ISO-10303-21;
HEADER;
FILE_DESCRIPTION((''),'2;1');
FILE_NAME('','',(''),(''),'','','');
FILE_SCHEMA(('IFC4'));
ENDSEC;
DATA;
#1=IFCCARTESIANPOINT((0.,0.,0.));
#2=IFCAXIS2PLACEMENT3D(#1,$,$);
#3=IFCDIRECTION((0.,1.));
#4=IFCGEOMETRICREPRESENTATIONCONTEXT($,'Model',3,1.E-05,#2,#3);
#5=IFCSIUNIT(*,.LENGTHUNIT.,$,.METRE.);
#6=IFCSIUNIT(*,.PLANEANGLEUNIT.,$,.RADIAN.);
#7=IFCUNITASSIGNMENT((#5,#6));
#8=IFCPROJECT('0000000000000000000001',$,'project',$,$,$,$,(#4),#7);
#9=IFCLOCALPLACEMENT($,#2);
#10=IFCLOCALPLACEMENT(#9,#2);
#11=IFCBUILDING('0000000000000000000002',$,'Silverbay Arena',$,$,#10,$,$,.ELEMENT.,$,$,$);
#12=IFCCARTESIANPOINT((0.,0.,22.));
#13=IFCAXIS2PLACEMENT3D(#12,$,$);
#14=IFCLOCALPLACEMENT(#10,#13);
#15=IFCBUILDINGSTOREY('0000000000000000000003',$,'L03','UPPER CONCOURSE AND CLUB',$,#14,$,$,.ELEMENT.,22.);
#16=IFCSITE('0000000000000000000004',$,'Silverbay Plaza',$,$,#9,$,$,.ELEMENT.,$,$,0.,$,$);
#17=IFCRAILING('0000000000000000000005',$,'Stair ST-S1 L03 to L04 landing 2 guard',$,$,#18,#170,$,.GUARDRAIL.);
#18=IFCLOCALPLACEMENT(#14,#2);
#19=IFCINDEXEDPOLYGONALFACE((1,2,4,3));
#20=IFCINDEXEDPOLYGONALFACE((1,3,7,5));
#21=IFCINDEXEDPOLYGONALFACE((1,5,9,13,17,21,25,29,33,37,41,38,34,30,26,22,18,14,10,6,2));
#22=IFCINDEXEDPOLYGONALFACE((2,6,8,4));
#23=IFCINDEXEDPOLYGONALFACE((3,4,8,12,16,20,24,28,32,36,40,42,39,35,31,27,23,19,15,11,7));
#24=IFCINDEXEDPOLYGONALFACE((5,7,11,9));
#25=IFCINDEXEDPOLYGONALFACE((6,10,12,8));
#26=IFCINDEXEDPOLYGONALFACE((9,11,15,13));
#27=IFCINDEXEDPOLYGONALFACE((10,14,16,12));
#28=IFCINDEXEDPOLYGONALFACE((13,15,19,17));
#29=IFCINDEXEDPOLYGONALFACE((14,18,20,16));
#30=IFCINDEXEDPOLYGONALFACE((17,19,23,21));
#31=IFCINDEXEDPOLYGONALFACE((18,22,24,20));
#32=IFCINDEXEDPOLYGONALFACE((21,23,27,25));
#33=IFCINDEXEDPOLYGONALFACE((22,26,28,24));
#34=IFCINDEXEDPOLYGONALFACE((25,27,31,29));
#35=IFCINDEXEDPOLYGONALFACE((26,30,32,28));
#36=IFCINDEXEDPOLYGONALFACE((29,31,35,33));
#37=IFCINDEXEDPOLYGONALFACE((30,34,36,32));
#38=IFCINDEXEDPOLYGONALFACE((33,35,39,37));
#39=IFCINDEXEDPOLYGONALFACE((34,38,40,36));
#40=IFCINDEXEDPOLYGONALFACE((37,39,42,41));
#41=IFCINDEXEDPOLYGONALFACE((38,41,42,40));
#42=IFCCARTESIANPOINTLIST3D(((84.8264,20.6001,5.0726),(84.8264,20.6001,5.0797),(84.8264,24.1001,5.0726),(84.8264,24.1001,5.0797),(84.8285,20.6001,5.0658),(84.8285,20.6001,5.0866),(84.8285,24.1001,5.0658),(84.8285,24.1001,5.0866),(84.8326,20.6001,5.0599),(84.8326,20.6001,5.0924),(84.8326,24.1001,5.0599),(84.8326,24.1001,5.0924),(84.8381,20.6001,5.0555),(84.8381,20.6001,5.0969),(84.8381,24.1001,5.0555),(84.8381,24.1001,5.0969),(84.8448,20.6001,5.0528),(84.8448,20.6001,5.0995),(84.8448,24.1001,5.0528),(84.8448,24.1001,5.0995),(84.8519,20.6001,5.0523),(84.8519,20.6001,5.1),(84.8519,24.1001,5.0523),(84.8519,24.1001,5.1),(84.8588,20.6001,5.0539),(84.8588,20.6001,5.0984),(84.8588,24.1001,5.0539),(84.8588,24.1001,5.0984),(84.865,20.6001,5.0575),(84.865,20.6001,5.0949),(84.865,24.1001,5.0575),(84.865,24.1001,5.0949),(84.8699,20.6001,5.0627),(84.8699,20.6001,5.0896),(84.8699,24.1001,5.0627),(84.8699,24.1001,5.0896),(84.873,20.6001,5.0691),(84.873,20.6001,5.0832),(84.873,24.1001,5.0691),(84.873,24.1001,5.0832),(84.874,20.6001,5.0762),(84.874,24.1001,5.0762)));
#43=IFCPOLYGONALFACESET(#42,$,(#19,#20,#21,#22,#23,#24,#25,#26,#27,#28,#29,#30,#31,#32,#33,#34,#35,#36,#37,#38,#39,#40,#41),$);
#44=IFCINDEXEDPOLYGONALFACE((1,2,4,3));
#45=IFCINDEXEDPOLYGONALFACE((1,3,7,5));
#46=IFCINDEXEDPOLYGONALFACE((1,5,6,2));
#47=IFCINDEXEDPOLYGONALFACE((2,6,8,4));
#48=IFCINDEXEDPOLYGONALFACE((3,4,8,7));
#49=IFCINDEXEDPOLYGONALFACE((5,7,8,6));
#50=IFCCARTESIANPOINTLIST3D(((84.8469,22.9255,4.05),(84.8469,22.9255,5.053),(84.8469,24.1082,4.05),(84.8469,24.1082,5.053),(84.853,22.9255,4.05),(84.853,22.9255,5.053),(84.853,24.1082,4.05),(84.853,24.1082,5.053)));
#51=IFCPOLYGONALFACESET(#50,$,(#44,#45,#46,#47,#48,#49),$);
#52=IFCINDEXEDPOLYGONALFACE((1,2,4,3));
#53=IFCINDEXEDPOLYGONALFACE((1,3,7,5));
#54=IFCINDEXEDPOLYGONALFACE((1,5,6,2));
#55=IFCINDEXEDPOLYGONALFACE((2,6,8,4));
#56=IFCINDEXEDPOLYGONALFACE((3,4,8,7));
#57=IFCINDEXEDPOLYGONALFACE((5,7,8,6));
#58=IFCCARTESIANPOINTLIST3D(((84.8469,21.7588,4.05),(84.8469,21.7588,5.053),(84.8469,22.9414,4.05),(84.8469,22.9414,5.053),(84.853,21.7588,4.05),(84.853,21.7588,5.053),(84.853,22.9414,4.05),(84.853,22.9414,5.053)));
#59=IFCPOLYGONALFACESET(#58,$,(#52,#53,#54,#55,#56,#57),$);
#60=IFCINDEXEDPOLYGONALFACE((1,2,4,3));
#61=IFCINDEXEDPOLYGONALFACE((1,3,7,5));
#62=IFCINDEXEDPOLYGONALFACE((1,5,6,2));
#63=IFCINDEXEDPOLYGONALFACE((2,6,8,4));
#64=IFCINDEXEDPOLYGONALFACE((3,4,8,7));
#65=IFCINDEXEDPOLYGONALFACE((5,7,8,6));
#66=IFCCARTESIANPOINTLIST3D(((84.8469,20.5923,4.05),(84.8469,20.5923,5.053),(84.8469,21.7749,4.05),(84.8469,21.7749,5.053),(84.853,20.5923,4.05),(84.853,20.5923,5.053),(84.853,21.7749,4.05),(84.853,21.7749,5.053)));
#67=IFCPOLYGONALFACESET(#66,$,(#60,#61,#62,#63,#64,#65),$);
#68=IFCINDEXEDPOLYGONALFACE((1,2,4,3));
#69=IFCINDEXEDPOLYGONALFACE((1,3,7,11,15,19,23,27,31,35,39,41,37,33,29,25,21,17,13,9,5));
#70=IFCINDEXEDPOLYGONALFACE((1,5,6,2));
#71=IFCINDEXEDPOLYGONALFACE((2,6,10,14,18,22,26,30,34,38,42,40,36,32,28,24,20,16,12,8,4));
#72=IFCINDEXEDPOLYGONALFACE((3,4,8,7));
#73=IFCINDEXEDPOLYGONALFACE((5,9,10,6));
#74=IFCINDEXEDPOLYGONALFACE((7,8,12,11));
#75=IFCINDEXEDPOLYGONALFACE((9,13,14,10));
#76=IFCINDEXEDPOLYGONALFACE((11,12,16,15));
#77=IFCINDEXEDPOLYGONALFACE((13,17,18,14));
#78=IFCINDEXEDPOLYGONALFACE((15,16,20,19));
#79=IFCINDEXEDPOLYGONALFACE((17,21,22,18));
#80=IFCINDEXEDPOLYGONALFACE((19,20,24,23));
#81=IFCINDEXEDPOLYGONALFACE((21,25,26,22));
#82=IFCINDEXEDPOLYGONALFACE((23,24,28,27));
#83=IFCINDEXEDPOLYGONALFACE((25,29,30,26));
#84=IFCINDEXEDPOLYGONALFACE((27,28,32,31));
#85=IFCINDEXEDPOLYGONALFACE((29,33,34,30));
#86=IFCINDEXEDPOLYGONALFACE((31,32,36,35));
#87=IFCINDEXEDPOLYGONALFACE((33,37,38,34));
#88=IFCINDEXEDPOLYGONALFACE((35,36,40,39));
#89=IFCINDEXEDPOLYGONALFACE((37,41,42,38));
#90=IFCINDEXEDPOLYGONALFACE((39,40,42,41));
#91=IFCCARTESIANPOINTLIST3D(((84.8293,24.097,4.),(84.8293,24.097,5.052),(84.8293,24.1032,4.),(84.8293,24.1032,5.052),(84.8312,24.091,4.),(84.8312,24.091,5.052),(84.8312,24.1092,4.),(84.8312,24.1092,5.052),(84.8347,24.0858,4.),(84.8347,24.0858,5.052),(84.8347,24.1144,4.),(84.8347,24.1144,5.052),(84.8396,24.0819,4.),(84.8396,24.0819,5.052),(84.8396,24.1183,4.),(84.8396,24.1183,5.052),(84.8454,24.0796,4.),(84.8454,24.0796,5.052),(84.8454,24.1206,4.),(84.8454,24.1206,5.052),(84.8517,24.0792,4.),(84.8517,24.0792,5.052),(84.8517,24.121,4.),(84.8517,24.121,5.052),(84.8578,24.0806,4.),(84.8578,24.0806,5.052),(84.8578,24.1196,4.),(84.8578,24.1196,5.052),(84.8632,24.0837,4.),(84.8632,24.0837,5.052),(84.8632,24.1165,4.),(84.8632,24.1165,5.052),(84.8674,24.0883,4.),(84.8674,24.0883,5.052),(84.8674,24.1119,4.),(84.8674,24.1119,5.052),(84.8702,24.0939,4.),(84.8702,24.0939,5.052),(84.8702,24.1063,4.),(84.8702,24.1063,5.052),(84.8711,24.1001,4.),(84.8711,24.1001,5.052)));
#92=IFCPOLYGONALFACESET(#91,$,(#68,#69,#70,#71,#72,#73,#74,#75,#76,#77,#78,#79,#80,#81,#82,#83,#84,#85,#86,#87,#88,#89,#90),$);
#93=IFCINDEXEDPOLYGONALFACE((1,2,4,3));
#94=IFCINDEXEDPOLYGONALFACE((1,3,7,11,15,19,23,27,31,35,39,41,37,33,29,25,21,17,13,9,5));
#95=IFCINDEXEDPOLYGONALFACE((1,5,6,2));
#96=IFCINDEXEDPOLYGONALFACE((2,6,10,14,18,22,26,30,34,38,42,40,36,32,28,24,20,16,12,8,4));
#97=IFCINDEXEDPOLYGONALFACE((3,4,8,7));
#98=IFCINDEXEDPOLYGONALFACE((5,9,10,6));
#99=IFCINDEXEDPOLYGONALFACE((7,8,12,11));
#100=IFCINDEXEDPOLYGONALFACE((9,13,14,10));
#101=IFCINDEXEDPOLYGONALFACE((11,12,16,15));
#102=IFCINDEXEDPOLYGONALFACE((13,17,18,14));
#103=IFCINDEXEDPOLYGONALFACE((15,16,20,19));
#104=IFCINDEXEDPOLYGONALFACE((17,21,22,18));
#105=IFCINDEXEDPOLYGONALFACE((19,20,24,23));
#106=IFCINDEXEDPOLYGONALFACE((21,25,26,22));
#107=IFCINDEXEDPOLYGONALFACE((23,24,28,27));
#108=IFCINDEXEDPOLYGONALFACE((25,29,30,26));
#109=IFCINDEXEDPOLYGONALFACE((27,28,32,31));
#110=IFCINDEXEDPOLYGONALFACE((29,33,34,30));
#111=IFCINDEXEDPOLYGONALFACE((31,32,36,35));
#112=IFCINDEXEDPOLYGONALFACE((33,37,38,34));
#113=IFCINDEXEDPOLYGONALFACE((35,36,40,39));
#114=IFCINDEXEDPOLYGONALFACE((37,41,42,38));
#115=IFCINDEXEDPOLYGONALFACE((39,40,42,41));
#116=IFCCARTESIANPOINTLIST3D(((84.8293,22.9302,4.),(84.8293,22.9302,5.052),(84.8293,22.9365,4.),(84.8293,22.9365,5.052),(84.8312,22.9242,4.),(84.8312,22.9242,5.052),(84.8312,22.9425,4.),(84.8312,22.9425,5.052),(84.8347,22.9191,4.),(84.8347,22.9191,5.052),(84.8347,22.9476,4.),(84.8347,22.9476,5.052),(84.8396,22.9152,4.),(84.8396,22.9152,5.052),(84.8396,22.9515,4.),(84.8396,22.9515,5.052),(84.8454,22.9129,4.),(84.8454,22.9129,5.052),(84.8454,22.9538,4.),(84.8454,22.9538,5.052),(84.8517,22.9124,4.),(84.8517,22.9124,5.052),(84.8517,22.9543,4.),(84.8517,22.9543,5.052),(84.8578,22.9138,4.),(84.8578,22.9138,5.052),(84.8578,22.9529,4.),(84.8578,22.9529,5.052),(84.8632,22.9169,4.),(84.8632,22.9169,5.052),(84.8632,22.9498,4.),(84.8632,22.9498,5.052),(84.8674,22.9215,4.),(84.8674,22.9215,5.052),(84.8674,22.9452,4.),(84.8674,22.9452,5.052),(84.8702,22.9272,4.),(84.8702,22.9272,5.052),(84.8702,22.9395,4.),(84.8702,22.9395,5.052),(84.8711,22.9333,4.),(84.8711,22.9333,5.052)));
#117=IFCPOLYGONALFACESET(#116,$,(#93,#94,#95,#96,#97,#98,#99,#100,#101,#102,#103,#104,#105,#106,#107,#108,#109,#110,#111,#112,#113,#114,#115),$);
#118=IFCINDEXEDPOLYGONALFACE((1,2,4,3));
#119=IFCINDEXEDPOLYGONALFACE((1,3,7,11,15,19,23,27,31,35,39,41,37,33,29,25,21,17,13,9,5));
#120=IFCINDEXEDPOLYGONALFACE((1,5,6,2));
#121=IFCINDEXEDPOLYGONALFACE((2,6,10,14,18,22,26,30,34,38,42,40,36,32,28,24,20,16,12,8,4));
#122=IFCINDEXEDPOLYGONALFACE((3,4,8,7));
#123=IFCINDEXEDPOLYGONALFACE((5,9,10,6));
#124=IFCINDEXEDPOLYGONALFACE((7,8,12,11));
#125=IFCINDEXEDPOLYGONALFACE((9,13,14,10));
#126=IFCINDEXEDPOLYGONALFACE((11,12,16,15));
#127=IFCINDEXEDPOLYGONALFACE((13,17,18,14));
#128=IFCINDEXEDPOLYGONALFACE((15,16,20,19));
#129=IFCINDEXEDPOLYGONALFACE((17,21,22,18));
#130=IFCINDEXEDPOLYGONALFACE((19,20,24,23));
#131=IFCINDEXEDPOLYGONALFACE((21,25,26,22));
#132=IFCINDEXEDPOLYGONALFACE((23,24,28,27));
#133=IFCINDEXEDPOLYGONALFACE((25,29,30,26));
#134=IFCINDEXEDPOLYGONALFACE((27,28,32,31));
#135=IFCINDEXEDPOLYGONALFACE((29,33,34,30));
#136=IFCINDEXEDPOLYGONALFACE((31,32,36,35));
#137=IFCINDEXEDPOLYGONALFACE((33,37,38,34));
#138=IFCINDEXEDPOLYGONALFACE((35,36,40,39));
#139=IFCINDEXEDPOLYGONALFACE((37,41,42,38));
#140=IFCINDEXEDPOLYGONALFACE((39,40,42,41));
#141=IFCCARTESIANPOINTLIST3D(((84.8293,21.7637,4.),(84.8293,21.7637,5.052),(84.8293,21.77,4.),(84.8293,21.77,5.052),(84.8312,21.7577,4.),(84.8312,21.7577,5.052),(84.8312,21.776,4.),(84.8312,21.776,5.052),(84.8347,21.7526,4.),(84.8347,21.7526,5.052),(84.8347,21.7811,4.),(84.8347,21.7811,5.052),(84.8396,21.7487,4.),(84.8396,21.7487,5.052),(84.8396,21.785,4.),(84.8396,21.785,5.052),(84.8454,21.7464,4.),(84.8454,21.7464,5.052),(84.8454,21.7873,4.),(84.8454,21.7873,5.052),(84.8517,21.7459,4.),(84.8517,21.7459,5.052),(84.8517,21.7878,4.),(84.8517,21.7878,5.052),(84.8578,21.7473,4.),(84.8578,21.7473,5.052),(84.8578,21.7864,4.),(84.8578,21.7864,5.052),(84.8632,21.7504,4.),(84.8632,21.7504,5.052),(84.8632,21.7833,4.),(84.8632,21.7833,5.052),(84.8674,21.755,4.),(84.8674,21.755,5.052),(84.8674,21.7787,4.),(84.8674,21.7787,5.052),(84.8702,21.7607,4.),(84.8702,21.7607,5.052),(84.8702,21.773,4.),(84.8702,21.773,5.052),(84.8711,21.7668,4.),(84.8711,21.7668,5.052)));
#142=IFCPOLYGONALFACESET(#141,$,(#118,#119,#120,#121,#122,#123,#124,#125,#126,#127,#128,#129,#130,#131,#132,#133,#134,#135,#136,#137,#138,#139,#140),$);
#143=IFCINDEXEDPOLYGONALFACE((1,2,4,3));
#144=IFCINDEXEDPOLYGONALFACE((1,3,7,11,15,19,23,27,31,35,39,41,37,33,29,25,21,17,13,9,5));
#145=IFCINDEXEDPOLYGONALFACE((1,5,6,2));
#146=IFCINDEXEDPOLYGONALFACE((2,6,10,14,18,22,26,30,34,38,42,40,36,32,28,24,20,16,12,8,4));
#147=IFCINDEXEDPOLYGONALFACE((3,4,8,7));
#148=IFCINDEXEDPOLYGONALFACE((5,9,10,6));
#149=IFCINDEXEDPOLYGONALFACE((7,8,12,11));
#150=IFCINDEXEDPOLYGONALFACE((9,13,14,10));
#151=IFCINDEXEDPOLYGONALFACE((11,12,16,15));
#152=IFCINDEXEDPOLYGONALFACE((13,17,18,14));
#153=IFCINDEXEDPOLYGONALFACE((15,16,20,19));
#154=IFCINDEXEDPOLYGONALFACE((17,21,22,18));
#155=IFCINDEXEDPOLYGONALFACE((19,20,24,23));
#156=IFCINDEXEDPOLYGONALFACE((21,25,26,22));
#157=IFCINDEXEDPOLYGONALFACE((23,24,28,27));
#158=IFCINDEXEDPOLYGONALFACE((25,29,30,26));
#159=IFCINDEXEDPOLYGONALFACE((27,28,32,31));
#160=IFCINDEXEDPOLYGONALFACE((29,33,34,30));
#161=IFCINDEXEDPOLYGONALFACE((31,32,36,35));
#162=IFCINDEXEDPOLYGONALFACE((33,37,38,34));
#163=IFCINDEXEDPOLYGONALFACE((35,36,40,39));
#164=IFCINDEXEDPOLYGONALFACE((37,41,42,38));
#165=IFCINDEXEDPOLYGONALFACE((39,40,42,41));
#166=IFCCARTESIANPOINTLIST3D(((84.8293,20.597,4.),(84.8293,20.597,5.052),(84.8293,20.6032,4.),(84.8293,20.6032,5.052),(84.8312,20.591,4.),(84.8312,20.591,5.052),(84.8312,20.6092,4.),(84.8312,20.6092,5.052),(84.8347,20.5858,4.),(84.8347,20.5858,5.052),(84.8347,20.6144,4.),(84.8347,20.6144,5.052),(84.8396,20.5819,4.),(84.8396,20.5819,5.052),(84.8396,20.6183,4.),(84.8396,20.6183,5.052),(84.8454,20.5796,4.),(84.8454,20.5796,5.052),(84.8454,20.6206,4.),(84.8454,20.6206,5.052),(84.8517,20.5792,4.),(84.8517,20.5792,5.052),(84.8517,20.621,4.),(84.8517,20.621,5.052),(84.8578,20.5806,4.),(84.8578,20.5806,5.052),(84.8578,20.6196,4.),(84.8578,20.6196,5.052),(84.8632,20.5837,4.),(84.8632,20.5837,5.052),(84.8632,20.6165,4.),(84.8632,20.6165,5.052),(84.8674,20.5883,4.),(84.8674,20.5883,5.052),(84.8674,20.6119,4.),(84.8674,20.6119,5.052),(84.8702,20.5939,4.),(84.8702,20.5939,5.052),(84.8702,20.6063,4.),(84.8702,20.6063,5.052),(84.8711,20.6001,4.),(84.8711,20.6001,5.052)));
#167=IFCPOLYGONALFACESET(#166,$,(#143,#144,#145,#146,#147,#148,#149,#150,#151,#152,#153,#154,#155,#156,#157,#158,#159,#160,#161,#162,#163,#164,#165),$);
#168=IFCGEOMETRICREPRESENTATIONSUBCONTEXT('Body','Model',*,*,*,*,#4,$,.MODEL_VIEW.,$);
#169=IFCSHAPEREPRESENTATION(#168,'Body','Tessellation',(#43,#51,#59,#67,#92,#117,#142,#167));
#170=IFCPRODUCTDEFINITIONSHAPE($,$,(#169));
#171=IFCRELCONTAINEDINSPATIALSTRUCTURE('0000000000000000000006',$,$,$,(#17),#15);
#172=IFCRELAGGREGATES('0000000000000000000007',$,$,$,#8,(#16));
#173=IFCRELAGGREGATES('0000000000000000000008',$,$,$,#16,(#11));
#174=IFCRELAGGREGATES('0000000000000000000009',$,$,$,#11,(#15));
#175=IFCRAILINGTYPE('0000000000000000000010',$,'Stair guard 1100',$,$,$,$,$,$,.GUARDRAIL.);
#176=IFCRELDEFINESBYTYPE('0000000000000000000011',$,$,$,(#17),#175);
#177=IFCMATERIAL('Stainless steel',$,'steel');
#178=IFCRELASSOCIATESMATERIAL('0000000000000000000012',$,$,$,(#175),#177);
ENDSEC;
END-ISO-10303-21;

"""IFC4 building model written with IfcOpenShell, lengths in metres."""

from ifc_helpers import new_model, si_unit, direction, frame, origin, origin_2d, place, context, subcontext, project, spatial, polyline, circle, outline, extrude, material, type_object, element, save


model = new_model("IFC4")

# Units and contexts
model_context = context("Model", 3, precision=1e-05, world=origin(), true_north=direction((0.0, 1.0)))
body_context = subcontext(model_context, "Body", "Model", "MODEL_VIEW")
ifc_project = project(units=[si_unit("LENGTHUNIT", "METRE"), si_unit("PLANEANGLEUNIT", "RADIAN")], contexts=[model_context])

# Site, building, storey
site_placement = place(None, origin())
site = spatial("IfcSite", under=ifc_project, at=site_placement, Name="Silverbay Plaza", CompositionType="ELEMENT", RefElevation=0.0)
building_placement = place(site_placement, origin())
building = spatial("IfcBuilding", under=site, at=building_placement, Name="Silverbay Arena", CompositionType="ELEMENT")
storey_placement = place(building_placement, frame((0.0, 0.0, 22.0)))
storey = spatial("IfcBuildingStorey", under=building, at=storey_placement, Name="L03", Description="UPPER CONCOURSE AND CLUB", CompositionType="ELEMENT", Elevation=22.0)

# Railing
ifc_material_1 = material(Name="Stainless steel", Category="steel")
railing_type_1 = type_object("IfcRailingType", Name="Stair guard 1100", PredefinedType="GUARDRAIL", material=ifc_material_1)
for number, where, name in (
    (1, (84.8501, 24.1001, 4.0), "Stair ST-S1 L03 to L04 landing 2 guard"),
):
    element("IfcRailing", number, at=place(storey_placement, frame(where)), inside=storey, type_object=railing_type_1, Name=name, PredefinedType="GUARDRAIL", context=body_context, shape_type="SweptSolid", body=[
        extrude(circle(Radius=0.0239, at=origin_2d()), frame((0.0, 0.0, 1.0762), z_axis=(0.0, -1.0, 0.0), x_axis=(1.0, 0.0, 0.0)), (0.0, 0.0, 1.0), 3.5),
        extrude(outline(polyline([(-0.0081, 0.05), (1.1746, 0.05), (1.1746, 1.053), (-0.0081, 1.053), (-0.0081, 0.05)])), frame((0.0029, 0.0, 0.0), z_axis=(-1.0, 0.0, 0.0), x_axis=(0.0, -1.0, 0.0)), (0.0, 0.0, 1.0), 0.0061),
        extrude(outline(polyline([(-0.0081, 0.05), (1.1746, 0.05), (1.1746, 1.053), (-0.0081, 1.053), (-0.0081, 0.05)])), frame((0.0029, -1.1667, 0.0), z_axis=(-1.0, 0.0, 0.0), x_axis=(0.0, -1.0, 0.0)), (0.0, 0.0, 1.0), 0.0061),
        extrude(outline(polyline([(-0.0081, 0.05), (1.1746, 0.05), (1.1746, 1.053), (-0.0081, 1.053), (-0.0081, 0.05)])), frame((0.0029, -2.3333, 0.0), z_axis=(-1.0, 0.0, 0.0), x_axis=(0.0, -1.0, 0.0)), (0.0, 0.0, 1.0), 0.0061),
        extrude(circle(Radius=0.021, at=origin_2d()), origin(), (0.0, 0.0, 1.0), 1.052),
        extrude(circle(Radius=0.021, at=origin_2d()), frame((0.0, -1.1667, 0.0)), (0.0, 0.0, 1.0), 1.052),
        extrude(circle(Radius=0.021, at=origin_2d()), frame((0.0, -2.3333, 0.0)), (0.0, 0.0, 1.0), 1.052),
        extrude(circle(Radius=0.021, at=origin_2d()), frame((0.0, -3.5, 0.0)), (0.0, 0.0, 1.0), 1.052),
    ])

save(model, "model.ifc")
